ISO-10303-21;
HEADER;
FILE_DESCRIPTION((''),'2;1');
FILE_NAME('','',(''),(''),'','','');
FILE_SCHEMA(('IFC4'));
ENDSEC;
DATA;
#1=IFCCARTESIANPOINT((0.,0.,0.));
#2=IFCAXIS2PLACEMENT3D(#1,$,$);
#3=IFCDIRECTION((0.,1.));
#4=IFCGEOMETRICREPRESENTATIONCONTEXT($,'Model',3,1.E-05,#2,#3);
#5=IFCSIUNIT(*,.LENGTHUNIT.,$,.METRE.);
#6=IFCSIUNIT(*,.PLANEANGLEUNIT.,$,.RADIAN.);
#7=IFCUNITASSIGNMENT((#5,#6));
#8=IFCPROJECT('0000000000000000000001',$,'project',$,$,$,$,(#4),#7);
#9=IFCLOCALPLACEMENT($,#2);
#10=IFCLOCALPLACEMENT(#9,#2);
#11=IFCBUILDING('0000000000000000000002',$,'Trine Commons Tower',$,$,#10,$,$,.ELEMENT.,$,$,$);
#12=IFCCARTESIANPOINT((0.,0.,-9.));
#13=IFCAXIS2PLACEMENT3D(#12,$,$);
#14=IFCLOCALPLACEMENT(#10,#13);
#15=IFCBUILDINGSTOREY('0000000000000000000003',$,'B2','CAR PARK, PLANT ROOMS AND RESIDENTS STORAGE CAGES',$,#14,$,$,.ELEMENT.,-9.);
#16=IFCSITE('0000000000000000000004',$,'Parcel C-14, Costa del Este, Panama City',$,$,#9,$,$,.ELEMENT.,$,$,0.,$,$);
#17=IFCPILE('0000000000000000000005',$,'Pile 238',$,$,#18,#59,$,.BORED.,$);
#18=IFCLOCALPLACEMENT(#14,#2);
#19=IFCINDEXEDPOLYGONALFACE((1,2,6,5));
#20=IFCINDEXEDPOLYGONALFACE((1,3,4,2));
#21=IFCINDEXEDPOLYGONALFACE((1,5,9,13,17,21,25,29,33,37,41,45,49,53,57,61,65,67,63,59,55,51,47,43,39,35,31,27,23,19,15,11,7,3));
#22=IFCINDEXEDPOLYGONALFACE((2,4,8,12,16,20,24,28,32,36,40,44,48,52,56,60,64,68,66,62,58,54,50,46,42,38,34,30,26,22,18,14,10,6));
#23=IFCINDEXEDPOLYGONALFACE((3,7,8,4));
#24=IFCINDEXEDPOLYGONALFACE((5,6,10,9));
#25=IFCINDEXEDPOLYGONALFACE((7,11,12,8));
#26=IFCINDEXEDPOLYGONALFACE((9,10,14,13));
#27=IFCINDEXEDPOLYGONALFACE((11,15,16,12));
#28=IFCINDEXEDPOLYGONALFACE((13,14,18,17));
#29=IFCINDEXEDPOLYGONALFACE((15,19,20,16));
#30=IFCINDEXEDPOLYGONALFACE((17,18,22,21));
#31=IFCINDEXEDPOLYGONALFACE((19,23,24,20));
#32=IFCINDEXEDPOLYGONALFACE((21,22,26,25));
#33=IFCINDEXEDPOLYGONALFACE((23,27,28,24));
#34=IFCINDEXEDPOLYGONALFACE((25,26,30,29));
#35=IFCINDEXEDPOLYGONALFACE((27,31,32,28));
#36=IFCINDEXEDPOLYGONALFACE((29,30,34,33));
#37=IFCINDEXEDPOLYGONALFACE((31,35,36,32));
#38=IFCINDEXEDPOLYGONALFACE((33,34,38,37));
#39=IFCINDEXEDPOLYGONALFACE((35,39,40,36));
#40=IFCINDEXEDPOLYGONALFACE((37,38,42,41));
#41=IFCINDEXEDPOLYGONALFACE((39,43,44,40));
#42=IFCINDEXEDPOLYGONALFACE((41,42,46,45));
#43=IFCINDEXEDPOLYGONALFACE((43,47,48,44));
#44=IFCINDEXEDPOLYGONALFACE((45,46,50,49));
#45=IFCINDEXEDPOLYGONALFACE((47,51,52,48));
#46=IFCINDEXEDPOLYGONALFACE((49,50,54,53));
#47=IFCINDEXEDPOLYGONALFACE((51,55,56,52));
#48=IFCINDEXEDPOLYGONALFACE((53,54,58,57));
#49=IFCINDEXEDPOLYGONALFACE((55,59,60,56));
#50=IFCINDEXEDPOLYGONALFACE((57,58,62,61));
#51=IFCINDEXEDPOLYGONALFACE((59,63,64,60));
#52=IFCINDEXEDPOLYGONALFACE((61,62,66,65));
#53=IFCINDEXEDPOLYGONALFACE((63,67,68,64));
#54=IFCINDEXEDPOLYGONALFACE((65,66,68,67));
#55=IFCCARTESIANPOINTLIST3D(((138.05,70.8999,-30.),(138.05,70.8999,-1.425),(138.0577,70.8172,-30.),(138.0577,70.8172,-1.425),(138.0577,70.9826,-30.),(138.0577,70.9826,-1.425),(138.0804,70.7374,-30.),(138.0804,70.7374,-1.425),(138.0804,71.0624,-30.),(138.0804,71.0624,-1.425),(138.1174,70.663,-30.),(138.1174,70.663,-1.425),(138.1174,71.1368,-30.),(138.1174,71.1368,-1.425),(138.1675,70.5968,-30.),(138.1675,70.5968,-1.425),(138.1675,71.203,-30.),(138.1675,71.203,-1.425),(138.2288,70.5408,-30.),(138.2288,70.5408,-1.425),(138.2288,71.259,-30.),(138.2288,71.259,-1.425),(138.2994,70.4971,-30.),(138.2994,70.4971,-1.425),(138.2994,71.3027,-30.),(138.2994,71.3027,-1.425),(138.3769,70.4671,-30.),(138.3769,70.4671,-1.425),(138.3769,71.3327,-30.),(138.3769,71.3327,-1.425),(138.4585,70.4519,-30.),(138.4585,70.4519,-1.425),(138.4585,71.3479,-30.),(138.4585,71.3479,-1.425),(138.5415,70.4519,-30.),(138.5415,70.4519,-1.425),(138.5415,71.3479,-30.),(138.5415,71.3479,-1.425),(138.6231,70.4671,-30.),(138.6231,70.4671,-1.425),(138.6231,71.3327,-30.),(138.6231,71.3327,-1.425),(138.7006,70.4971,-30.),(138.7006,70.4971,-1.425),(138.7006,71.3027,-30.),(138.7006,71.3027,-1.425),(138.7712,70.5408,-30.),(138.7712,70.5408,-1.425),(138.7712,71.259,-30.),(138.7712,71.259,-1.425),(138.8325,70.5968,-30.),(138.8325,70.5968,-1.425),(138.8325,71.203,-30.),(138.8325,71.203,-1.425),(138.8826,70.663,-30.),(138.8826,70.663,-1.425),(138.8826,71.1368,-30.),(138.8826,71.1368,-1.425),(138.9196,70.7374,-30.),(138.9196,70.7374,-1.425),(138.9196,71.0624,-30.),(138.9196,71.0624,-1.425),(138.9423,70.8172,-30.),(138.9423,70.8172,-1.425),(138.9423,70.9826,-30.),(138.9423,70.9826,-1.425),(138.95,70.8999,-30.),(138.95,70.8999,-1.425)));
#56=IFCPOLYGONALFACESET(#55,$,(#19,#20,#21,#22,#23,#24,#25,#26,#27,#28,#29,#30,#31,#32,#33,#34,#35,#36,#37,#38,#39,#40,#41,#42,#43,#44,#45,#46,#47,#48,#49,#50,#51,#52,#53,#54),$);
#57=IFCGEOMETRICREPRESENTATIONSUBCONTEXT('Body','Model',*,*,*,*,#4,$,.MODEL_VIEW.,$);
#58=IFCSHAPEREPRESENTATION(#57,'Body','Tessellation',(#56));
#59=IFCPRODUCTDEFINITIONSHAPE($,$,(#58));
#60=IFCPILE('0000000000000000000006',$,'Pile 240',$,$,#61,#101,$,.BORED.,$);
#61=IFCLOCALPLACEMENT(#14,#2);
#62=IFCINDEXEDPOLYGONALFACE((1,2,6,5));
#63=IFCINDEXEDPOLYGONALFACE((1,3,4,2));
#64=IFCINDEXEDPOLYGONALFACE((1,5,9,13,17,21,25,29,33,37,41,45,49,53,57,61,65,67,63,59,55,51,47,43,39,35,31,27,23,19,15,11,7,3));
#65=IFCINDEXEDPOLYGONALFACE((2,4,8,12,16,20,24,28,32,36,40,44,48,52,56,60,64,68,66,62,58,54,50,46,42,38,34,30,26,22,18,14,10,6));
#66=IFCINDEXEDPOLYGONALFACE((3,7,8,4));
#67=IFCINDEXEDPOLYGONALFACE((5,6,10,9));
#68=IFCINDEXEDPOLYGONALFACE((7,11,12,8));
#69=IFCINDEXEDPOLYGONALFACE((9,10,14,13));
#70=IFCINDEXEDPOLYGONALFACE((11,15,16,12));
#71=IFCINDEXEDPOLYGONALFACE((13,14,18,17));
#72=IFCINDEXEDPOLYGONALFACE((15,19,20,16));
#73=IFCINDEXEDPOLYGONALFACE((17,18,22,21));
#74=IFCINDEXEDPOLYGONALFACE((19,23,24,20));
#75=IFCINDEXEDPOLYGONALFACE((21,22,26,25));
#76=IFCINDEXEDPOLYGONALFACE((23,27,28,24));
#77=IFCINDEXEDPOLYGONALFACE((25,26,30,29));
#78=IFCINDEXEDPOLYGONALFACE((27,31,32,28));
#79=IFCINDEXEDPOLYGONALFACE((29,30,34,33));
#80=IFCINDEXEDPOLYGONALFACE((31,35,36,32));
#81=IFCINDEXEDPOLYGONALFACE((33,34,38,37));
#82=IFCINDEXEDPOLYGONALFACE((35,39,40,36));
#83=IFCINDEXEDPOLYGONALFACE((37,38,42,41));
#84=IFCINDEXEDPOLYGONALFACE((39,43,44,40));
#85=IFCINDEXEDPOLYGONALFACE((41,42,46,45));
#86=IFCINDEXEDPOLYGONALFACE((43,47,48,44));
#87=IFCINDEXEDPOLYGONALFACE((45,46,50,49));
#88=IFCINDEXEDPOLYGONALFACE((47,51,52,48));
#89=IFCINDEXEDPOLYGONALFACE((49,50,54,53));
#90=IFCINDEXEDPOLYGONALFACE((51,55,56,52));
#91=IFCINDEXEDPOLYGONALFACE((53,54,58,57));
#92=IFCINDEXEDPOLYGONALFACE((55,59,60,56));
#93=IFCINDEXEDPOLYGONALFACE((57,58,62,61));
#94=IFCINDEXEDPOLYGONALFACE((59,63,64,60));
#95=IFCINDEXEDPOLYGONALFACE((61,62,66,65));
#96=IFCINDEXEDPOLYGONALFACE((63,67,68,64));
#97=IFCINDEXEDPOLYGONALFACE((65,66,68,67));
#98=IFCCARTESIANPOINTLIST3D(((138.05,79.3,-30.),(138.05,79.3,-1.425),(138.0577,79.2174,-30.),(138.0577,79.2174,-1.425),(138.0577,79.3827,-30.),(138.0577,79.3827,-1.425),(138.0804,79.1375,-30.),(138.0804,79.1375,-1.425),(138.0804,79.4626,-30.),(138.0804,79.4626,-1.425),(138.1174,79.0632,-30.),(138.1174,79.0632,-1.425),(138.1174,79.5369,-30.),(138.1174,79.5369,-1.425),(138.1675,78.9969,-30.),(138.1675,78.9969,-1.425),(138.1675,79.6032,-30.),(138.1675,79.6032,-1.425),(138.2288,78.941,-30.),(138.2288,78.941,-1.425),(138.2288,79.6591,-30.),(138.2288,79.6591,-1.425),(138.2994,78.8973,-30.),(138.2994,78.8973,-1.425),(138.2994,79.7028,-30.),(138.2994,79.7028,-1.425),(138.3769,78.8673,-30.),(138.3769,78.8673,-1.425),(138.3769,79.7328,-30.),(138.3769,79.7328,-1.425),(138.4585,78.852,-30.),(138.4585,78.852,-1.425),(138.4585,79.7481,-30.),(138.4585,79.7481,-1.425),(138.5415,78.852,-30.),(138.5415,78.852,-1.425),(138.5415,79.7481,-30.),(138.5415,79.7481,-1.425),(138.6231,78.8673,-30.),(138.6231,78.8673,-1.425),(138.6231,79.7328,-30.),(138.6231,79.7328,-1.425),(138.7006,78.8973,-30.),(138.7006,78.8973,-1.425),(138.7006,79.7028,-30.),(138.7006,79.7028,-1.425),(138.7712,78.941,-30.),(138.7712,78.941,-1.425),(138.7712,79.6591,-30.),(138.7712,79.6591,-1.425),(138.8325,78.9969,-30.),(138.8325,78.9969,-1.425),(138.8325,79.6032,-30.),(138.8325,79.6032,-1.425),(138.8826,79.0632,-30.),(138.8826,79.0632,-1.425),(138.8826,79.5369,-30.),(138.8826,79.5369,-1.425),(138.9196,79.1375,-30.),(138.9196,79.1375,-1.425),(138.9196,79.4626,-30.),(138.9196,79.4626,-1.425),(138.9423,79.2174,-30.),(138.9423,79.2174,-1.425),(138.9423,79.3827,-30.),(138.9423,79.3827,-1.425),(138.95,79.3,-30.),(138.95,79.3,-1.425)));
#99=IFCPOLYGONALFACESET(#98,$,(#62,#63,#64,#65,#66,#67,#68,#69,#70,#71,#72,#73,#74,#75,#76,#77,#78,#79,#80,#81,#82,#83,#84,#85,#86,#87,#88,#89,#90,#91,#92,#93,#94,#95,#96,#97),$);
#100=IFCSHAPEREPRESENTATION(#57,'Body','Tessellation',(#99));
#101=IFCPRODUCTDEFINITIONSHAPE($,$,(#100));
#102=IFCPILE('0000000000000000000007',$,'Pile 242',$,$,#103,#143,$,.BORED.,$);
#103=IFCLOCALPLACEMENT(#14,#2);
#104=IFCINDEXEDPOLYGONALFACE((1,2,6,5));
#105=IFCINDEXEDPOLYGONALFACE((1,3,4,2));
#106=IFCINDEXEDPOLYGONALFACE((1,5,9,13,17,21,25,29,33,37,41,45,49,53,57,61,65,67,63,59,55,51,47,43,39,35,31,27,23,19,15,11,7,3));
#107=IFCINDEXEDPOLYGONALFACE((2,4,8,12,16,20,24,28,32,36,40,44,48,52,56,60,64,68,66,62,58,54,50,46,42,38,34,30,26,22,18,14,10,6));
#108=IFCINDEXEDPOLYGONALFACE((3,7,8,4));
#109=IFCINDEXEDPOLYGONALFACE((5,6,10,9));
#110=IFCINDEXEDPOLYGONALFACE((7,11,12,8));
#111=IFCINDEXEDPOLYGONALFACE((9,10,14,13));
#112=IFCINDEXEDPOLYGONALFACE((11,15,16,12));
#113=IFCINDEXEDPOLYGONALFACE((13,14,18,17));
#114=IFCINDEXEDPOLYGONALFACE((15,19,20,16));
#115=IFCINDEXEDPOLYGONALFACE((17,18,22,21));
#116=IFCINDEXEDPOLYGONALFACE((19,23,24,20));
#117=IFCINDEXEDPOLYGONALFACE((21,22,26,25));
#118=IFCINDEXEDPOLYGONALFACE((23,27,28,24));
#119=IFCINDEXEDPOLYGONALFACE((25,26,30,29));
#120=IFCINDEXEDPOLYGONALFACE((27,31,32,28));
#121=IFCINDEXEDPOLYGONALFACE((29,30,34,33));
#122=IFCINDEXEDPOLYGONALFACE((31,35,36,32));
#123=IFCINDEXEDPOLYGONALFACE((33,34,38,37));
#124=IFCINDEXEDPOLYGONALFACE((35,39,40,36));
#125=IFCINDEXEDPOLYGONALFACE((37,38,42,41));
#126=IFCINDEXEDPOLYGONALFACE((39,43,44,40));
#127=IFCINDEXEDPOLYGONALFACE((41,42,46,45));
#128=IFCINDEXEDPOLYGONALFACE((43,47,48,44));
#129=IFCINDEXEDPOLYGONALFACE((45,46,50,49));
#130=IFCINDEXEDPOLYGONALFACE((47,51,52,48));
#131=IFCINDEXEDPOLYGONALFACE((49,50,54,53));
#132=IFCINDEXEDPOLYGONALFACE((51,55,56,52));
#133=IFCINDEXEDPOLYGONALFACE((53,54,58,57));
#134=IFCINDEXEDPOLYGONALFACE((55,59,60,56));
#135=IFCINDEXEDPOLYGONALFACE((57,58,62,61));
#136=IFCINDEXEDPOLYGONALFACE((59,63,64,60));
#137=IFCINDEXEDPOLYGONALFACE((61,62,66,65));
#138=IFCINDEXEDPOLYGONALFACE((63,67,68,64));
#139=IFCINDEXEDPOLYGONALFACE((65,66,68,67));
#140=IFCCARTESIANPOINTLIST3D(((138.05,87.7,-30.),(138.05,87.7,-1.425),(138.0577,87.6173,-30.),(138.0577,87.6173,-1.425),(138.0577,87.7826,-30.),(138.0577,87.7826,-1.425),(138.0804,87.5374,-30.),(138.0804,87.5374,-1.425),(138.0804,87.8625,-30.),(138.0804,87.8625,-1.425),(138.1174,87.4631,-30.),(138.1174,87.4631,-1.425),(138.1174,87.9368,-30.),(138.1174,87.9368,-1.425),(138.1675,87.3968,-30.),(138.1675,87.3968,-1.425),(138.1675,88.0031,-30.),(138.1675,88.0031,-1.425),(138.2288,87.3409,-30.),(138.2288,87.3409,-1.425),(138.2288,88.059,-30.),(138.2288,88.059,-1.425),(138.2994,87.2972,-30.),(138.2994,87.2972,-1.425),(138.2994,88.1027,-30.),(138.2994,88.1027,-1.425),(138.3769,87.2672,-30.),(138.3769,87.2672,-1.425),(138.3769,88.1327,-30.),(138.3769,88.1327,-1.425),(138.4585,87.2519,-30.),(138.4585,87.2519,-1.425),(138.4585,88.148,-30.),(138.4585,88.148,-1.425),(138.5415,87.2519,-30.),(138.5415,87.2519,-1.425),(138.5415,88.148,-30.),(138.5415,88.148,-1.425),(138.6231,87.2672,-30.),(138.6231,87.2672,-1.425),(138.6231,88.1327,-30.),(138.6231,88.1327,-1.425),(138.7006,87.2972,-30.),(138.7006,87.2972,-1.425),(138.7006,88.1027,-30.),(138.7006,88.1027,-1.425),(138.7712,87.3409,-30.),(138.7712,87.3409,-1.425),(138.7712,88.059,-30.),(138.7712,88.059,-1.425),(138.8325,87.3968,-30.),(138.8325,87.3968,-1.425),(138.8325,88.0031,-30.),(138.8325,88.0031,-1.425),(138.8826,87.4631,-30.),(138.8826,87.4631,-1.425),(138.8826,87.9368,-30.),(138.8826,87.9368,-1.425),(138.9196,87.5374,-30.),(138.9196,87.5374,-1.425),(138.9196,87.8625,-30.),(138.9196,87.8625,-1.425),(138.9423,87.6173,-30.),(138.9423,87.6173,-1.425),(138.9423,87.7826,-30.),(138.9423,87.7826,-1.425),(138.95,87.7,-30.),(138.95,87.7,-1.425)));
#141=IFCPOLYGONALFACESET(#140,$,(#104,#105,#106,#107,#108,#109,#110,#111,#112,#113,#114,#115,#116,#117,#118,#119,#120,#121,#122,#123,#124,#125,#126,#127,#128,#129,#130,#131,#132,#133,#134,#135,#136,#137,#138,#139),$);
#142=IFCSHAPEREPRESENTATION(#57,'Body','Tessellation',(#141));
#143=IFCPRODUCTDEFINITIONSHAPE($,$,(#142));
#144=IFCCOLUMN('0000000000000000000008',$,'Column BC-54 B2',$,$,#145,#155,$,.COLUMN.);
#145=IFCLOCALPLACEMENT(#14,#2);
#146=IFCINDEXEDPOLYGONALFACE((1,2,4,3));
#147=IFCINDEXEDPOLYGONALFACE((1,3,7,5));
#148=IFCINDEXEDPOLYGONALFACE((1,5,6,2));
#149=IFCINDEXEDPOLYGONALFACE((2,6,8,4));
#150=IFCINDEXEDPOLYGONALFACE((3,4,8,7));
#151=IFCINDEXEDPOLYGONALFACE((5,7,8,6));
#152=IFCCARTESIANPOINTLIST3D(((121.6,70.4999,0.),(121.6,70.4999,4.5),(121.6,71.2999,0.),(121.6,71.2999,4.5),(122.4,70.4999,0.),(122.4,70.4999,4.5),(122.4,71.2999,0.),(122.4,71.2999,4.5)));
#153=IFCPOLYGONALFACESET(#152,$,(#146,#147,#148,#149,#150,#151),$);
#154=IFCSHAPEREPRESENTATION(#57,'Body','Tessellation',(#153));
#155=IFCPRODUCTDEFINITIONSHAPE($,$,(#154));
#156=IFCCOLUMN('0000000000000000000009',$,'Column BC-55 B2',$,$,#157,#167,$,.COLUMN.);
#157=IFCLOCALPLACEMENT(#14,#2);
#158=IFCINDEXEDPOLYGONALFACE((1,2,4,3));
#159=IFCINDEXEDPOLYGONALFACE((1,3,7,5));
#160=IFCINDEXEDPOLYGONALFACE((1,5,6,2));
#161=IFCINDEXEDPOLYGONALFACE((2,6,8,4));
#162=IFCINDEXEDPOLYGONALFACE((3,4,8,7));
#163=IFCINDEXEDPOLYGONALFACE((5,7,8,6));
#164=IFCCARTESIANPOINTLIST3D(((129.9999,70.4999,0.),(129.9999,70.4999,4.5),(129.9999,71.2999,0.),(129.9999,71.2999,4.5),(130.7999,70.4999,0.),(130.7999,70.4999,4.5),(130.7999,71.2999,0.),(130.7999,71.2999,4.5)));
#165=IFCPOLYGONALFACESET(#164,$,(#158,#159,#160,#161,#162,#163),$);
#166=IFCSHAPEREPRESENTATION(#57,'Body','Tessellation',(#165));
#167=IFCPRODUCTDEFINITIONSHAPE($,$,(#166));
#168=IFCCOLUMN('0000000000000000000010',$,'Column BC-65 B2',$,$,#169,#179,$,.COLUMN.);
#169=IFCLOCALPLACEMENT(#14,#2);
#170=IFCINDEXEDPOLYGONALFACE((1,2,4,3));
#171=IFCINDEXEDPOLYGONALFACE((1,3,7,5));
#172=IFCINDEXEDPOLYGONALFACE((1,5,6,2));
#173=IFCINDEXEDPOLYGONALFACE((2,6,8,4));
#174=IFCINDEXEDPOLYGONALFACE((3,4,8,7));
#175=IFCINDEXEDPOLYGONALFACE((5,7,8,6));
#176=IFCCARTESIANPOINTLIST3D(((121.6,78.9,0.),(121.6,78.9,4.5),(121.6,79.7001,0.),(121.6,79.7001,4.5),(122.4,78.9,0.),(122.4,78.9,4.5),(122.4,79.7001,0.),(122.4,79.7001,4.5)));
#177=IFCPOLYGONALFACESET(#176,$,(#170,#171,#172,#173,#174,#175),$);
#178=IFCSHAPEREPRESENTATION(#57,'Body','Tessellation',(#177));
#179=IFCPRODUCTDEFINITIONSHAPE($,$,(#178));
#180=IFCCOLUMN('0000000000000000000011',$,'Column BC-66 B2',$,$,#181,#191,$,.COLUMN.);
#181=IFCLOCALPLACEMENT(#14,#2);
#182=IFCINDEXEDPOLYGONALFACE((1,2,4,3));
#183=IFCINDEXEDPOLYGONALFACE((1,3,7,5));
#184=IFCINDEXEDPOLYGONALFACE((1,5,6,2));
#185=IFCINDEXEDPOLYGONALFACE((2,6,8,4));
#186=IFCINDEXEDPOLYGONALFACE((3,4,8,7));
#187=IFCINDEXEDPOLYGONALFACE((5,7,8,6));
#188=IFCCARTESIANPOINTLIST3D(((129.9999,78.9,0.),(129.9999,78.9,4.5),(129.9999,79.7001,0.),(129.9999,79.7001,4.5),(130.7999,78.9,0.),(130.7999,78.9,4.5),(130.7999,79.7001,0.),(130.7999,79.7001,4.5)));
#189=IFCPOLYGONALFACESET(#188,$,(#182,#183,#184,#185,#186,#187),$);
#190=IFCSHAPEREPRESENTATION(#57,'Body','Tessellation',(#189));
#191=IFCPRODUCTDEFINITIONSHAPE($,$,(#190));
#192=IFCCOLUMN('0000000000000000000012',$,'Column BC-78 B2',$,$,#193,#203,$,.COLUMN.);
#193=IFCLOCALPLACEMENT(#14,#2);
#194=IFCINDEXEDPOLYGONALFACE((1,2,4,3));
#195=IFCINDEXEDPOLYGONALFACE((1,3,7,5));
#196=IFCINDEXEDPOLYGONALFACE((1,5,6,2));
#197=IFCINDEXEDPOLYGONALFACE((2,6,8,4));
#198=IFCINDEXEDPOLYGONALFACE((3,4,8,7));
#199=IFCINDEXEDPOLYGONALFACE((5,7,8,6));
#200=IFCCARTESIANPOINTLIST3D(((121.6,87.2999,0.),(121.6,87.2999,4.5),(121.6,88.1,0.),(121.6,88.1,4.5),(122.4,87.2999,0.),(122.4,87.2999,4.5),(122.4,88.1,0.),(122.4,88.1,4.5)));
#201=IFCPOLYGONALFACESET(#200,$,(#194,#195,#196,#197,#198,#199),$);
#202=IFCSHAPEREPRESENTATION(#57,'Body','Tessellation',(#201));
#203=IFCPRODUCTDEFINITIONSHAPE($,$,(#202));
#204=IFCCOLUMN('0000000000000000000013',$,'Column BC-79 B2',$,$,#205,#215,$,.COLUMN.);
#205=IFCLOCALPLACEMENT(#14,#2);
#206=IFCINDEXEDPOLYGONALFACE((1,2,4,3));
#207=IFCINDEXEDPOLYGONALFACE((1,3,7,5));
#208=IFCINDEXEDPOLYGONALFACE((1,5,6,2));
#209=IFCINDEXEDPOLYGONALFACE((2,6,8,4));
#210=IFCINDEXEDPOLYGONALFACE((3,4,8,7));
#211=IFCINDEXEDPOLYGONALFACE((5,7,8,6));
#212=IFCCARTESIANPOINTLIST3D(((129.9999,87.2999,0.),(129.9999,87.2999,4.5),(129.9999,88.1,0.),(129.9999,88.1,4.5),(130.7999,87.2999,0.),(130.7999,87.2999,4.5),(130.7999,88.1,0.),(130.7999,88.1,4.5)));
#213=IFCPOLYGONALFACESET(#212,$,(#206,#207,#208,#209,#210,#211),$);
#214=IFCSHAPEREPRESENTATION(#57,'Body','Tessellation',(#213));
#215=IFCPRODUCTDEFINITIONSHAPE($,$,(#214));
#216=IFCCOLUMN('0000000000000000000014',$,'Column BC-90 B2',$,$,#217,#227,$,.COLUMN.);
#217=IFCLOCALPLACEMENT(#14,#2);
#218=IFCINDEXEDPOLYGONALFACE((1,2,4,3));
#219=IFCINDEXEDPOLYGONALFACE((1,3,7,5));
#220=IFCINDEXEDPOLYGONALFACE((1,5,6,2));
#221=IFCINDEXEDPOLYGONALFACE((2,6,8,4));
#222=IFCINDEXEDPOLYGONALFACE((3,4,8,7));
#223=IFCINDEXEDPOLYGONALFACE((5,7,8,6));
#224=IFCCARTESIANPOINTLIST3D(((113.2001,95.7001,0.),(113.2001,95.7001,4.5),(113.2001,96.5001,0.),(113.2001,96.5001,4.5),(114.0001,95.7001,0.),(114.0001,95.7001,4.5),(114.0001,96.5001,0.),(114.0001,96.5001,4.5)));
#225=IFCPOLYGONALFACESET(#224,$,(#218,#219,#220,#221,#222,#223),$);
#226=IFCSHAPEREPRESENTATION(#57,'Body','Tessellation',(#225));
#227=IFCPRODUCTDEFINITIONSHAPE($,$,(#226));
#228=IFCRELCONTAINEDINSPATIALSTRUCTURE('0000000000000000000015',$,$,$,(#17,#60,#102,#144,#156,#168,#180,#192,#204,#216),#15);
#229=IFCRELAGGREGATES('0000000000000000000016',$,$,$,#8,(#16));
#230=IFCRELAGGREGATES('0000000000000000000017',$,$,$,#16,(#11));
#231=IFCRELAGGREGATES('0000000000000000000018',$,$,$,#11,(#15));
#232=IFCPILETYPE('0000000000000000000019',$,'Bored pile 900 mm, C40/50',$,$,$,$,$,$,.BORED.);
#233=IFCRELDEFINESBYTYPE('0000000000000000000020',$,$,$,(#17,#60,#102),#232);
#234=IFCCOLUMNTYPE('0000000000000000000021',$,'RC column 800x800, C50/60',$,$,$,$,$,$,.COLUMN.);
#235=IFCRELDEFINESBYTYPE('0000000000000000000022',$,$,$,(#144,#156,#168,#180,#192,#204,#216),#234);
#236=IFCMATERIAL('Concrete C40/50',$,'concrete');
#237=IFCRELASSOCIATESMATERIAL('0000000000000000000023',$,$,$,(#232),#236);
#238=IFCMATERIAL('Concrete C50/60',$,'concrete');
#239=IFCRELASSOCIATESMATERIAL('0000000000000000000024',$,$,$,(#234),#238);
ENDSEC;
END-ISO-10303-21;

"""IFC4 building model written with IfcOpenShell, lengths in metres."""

from ifc_helpers import new_model, si_unit, direction, frame, origin, origin_2d, place, context, subcontext, project, spatial, rectangle, circle, extrude, material, material_profile, profile_set, type_object, element, save


model = new_model("IFC4")

# Units and contexts
model_context = context("Model", 3, precision=1e-05, world=origin(), true_north=direction((0.0, 1.0)))
body_context = subcontext(model_context, "Body", "Model", "MODEL_VIEW")
ifc_project = project(units=[si_unit("LENGTHUNIT", "METRE"), si_unit("PLANEANGLEUNIT", "RADIAN")], contexts=[model_context])

# Site, building, storey
site_placement = place(None, origin())
site = spatial("IfcSite", under=ifc_project, at=site_placement, Name="Parcel C-14, Costa del Este, Panama City", CompositionType="ELEMENT", RefElevation=0.0)
building_placement = place(site_placement, origin())
building = spatial("IfcBuilding", under=site, at=building_placement, Name="Trine Commons Tower", CompositionType="ELEMENT")
storey_placement = place(building_placement, frame((0.0, 0.0, -9.0)))
storey = spatial("IfcBuildingStorey", under=building, at=storey_placement, Name="B2", Description="CAR PARK, PLANT ROOMS AND RESIDENTS STORAGE CAGES", CompositionType="ELEMENT", Elevation=-9.0)

# Piles
ifc_material_1 = material(Name="Concrete C40/50", Category="concrete")
pile_type_1 = type_object("IfcPileType", Name="Bored pile 900 mm, C40/50", PredefinedType="BORED", material=ifc_material_1)
for number, where, z_axis, x_axis, name in (
    (1, (138.5, 70.8999, -1.425), (0.0, 0.0, -1.0), (1.0, 0.0, 0.0), "Pile 238"),
    (2, (138.5, 79.3, -1.425), (0.0, 0.0, -1.0), (1.0, 0.0, 0.0), "Pile 240"),
    (3, (138.5, 87.7, -1.425), (0.0, 0.0, -1.0), (1.0, 0.0, 0.0), "Pile 242"),
):
    element("IfcPile", number, at=place(storey_placement, frame(where, z_axis=z_axis, x_axis=x_axis)), inside=storey, type_object=pile_type_1, Name=name, PredefinedType="BORED", context=body_context, shape_type="SweptSolid", body=[
        extrude(circle(Radius=0.45, at=origin_2d()), origin(), (0.0, 0.0, 1.0), 28.575),
    ])

# Columns
ifc_material_2 = material(Name="Concrete C50/60", Category="concrete")
ifc_material_profile = material_profile(ifc_material_2, rectangle(XDim=0.8, YDim=0.8, at=origin_2d()), Name="RC 800x800")
ifc_profile_set = profile_set([ifc_material_profile], Name="Concrete C50/60")
column_type = type_object("IfcColumnType", Name="RC column 800x800, C50/60", PredefinedType="COLUMN", material=ifc_profile_set)
for number, where, z_axis, x_axis, name in (
    (4, (122.0, 70.8999, 0.0), (0.0, 0.0, 1.0), (1.0, 0.0, 0.0), "Column BC-54 B2"),
    (5, (130.3999, 70.8999, 0.0), (0.0, 0.0, 1.0), (1.0, 0.0, 0.0), "Column BC-55 B2"),
    (6, (122.0, 79.3, 0.0), (0.0, 0.0, 1.0), (1.0, 0.0, 0.0), "Column BC-65 B2"),
    (7, (130.3999, 79.3, 0.0), (0.0, 0.0, 1.0), (1.0, 0.0, 0.0), "Column BC-66 B2"),
    (8, (122.0, 87.7, 0.0), (0.0, 0.0, 1.0), (1.0, 0.0, 0.0), "Column BC-78 B2"),
    (9, (130.3999, 87.7, 0.0), (0.0, 0.0, 1.0), (1.0, 0.0, 0.0), "Column BC-79 B2"),
    (10, (113.6001, 96.1001, 0.0), (0.0, 0.0, 1.0), (1.0, 0.0, 0.0), "Column BC-90 B2"),
):
    element("IfcColumn", number, at=place(storey_placement, frame(where, z_axis=z_axis, x_axis=x_axis)), inside=storey, type_object=column_type, Name=name, PredefinedType="COLUMN", context=body_context, shape_type="SweptSolid", body=[
        extrude(rectangle(XDim=0.8, YDim=0.8, at=origin_2d()), origin(), (0.0, 0.0, 1.0), 4.5),
    ])

save(model, "model.ifc")
